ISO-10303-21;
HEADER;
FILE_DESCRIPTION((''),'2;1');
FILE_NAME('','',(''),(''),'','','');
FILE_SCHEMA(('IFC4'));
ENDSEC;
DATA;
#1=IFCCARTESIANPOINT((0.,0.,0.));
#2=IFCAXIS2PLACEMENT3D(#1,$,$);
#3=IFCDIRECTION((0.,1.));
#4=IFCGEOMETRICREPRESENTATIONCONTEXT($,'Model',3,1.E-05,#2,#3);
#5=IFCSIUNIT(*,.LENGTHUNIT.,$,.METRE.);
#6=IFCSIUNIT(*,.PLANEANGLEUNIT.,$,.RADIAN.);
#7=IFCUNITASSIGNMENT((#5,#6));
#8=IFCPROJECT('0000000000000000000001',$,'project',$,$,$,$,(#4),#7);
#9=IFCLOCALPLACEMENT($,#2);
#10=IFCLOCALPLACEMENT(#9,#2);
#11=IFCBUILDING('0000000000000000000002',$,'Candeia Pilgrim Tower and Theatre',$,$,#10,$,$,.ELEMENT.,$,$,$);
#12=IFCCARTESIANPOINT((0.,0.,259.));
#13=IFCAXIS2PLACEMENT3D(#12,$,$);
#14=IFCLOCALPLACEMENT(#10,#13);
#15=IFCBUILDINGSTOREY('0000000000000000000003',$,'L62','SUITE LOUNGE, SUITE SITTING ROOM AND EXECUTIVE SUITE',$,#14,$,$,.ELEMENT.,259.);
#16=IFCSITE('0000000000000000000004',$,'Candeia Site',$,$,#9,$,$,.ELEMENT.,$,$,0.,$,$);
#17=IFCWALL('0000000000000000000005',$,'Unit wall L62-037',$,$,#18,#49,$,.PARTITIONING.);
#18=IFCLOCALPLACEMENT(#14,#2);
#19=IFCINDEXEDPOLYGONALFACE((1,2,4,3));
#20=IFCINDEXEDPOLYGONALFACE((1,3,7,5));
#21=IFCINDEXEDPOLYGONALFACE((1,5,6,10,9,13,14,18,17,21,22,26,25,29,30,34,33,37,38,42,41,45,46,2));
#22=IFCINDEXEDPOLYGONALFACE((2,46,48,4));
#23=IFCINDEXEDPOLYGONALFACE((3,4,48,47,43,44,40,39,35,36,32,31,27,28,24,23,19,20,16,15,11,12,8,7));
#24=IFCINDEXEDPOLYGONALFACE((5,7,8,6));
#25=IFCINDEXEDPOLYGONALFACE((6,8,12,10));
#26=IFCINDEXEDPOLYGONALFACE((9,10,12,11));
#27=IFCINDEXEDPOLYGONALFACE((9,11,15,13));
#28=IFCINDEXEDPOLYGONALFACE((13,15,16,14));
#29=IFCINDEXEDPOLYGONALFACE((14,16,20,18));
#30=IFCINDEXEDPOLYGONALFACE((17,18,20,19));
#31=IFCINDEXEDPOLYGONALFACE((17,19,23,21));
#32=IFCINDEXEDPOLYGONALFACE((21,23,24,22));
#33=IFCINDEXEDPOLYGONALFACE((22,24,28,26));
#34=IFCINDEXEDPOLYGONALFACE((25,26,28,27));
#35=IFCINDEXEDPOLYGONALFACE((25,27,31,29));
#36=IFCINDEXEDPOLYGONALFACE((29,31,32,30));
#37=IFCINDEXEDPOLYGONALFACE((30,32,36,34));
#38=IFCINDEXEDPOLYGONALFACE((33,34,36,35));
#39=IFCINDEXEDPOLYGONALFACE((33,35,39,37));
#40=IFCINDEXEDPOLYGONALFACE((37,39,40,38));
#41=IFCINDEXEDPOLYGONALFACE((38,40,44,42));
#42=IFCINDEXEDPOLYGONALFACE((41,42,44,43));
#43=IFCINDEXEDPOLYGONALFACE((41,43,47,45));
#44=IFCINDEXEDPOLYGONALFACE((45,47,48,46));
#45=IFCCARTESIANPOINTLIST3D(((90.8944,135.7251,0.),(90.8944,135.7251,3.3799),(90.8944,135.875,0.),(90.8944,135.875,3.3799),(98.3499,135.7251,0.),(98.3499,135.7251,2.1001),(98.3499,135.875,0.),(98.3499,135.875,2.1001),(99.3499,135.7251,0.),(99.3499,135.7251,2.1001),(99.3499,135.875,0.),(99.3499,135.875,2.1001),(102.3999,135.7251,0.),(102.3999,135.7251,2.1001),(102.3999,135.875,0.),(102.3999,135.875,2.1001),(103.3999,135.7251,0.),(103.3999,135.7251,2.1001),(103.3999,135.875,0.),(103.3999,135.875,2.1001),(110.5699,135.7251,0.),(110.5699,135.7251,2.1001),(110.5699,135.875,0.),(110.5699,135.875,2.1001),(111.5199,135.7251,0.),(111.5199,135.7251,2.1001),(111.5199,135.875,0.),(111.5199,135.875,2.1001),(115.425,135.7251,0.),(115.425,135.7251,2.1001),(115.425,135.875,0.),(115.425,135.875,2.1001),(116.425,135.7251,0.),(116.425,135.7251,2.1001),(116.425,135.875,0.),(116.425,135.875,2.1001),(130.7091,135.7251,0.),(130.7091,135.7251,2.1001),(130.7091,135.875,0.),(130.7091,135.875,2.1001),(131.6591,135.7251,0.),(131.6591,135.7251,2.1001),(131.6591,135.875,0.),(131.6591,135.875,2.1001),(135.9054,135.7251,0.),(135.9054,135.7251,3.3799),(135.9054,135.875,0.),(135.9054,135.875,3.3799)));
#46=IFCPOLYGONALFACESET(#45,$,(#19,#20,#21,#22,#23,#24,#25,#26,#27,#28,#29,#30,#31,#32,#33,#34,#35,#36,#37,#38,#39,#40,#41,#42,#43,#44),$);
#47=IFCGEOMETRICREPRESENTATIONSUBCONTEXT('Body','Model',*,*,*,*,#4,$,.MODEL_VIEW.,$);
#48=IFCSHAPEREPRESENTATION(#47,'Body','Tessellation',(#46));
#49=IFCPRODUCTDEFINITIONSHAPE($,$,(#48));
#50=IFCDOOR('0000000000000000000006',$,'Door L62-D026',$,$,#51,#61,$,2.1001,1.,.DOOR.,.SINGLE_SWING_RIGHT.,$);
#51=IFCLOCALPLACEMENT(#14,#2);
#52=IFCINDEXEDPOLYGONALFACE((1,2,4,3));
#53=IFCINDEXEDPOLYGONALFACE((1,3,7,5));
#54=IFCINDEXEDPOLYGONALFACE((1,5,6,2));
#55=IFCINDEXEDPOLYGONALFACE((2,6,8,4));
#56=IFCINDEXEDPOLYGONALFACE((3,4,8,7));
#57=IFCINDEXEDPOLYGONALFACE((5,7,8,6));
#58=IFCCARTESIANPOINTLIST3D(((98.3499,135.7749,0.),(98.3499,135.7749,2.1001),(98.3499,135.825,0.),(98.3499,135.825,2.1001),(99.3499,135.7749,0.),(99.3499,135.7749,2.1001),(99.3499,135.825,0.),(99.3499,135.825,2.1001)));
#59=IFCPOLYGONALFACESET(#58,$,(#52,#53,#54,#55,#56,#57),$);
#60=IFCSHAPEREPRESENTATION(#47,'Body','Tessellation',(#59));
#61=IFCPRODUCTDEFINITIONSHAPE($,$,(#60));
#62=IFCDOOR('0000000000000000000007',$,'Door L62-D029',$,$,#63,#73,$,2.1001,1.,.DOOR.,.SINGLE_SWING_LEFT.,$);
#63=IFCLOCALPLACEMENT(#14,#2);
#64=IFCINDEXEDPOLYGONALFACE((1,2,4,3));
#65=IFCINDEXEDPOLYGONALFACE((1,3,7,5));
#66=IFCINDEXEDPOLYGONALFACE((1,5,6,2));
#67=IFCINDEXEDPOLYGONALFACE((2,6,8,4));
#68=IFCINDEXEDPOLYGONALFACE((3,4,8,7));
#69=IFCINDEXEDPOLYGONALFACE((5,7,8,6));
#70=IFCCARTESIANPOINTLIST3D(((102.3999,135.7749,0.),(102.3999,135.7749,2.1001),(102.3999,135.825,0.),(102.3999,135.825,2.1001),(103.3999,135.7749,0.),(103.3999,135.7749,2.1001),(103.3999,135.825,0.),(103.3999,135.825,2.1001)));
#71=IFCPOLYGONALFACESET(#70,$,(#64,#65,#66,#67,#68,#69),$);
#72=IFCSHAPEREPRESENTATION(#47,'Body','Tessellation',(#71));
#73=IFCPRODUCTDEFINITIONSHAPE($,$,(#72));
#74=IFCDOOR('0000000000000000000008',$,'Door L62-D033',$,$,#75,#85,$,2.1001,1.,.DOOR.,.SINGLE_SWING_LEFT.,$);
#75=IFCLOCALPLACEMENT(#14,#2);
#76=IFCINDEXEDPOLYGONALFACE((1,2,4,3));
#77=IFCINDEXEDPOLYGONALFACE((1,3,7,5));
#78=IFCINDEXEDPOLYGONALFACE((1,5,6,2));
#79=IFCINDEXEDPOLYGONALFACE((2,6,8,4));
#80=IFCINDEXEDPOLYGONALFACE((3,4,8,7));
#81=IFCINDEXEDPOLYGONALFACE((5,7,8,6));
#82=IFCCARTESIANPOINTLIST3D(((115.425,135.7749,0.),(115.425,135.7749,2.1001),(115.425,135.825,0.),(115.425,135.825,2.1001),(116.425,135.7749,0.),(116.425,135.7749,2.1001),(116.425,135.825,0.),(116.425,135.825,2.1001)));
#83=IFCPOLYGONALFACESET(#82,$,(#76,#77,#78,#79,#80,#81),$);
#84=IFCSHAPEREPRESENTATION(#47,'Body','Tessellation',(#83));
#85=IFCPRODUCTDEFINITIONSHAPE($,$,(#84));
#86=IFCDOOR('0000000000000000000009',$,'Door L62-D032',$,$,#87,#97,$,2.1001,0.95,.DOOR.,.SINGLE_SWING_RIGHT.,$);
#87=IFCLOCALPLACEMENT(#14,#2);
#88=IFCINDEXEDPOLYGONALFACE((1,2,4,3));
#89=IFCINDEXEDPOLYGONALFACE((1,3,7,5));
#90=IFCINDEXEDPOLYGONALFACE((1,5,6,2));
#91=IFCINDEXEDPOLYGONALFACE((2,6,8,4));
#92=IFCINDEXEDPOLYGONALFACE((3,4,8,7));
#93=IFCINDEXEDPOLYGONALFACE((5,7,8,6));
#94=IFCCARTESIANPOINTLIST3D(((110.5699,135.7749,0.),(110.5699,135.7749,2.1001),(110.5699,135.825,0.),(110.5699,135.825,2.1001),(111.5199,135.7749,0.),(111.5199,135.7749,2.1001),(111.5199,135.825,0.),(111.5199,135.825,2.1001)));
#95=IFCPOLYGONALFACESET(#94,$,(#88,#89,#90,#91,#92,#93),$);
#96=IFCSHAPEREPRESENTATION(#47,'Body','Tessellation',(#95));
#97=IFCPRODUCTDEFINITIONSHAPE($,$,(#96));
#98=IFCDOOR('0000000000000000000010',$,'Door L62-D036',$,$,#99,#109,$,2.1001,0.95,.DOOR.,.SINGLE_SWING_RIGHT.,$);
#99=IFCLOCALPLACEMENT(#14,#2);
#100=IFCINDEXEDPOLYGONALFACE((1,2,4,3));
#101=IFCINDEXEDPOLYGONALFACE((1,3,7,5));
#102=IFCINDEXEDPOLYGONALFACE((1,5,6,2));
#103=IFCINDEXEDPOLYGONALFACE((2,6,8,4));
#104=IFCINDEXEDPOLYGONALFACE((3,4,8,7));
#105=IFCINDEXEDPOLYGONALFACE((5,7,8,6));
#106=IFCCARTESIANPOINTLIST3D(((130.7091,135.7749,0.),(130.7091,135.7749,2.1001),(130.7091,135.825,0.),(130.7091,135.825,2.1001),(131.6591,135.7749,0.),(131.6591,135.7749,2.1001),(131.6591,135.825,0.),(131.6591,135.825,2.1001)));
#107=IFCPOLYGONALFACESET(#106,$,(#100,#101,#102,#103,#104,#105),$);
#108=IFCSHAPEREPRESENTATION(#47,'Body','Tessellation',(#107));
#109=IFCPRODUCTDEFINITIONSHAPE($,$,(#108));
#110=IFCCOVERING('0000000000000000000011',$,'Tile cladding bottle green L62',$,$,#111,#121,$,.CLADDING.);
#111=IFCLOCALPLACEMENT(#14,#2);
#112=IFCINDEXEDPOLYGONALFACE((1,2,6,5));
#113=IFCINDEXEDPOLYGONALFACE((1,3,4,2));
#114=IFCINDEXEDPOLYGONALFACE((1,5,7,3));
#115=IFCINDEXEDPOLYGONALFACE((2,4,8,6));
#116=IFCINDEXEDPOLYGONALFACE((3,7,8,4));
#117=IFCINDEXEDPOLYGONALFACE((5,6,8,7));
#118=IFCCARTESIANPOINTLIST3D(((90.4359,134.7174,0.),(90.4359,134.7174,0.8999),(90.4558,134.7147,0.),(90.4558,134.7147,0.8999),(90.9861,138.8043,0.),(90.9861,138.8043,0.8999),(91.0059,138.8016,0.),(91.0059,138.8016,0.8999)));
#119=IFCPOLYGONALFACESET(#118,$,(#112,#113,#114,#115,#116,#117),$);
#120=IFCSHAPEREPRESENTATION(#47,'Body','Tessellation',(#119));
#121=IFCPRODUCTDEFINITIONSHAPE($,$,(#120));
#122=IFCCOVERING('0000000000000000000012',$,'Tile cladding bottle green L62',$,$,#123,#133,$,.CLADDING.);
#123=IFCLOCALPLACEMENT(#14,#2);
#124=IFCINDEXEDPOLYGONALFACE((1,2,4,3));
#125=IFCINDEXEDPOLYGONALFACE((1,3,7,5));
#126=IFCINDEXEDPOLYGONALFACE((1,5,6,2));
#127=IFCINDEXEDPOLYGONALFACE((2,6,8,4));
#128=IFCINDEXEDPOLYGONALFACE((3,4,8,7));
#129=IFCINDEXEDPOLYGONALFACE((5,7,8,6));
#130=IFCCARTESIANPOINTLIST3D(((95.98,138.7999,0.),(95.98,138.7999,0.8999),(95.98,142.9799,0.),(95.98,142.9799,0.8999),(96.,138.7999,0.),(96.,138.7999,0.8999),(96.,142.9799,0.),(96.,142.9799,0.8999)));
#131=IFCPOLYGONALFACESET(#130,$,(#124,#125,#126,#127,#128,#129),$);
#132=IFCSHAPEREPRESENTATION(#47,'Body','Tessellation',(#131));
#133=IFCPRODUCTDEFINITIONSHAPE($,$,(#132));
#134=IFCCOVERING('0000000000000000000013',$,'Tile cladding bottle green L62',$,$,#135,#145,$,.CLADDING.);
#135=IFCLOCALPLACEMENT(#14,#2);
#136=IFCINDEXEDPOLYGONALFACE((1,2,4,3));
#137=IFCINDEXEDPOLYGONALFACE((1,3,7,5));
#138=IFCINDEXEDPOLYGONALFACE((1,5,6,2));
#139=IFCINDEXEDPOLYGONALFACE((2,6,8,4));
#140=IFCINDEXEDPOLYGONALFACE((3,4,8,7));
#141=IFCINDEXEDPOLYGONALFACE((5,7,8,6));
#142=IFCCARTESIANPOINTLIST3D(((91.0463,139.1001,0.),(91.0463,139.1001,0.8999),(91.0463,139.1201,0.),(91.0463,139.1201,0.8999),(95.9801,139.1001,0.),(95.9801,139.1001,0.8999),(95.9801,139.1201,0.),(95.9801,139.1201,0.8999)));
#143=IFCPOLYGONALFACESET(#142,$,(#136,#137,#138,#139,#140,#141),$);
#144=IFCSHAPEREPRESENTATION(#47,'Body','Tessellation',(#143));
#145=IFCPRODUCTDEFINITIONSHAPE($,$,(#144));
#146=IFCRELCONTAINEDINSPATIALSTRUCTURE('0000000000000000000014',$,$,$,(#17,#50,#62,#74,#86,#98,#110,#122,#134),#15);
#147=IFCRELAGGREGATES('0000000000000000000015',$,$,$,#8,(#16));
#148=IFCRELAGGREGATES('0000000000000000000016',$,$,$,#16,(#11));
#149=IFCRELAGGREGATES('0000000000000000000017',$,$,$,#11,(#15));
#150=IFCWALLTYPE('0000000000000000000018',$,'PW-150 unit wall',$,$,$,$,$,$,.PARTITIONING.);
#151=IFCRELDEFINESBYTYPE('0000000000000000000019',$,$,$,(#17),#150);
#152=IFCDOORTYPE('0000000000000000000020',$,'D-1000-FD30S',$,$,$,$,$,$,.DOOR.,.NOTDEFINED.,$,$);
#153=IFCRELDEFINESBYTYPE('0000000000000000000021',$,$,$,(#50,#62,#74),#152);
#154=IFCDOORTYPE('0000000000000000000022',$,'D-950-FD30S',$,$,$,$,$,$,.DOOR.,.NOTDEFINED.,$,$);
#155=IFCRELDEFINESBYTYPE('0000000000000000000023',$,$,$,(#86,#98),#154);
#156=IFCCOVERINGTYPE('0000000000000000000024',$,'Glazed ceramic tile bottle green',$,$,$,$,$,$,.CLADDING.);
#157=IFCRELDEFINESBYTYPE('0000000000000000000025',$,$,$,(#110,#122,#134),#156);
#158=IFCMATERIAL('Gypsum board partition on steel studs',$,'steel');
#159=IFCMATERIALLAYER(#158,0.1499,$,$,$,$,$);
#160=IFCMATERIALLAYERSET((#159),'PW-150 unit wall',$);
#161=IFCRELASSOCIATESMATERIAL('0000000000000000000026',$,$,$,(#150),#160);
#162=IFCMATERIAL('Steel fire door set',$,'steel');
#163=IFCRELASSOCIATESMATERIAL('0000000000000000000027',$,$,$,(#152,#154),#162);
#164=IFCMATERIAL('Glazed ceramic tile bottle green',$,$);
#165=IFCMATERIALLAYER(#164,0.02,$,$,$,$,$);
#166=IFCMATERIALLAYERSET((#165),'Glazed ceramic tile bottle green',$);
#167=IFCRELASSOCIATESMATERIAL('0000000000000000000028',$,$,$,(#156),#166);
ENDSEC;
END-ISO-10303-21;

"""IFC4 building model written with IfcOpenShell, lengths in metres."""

from ifc_helpers import new_model, si_unit, direction, frame, frame_2d, origin, origin_2d, place, context, subcontext, project, spatial, rectangle, extrude, material, layer, layer_set, type_object, element, fill, save


model = new_model("IFC4")

# Units and contexts
model_context = context("Model", 3, precision=1e-05, world=origin(), true_north=direction((0.0, 1.0)))
body_context = subcontext(model_context, "Body", "Model", "MODEL_VIEW")
ifc_project = project(units=[si_unit("LENGTHUNIT", "METRE"), si_unit("PLANEANGLEUNIT", "RADIAN")], contexts=[model_context])

# Site, building, storey
site_placement = place(None, origin())
site = spatial("IfcSite", under=ifc_project, at=site_placement, Name="Candeia Site", CompositionType="ELEMENT", RefElevation=0.0)
building_placement = place(site_placement, origin())
building = spatial("IfcBuilding", under=site, at=building_placement, Name="Candeia Pilgrim Tower and Theatre", CompositionType="ELEMENT")
storey_placement = place(building_placement, frame((0.0, 0.0, 259.0)))
storey = spatial("IfcBuildingStorey", under=building, at=storey_placement, Name="L62", Description="SUITE LOUNGE, SUITE SITTING ROOM AND EXECUTIVE SUITE", CompositionType="ELEMENT", Elevation=259.0)

# Shared definitions
ifc_material_1 = material(Name="Gypsum board partition on steel studs", Category="steel")

# Wall, openings, doors
ifc_layer_1 = layer(ifc_material_1, 0.1499)
ifc_layer_set_1 = layer_set([ifc_layer_1], Name="PW-150 unit wall")
wall_type_1 = type_object("IfcWallType", Name="PW-150 unit wall", PredefinedType="PARTITIONING", material=ifc_layer_set_1)
wall_1_placement = place(storey_placement, frame((90.8945, 135.8, 0.0), z_axis=(0.0, 0.0, 1.0), x_axis=(1.0, 0.0, 0.0)))
wall_1 = element("IfcWall", 1, at=wall_1_placement, inside=storey, type_object=wall_type_1, Name="Unit wall L62-037", PredefinedType="PARTITIONING", context=body_context, shape_type="SweptSolid", body=[
    extrude(rectangle(XDim=45.011, YDim=0.1499, at=frame_2d((22.5054, 0.0))), origin(), (0.0, 0.0, 1.0), 3.3799),
])
opening_1_placement = place(wall_1_placement, frame((7.4553, 0.0, 0.0)))
opening_1 = element("IfcOpeningElement", 2, at=opening_1_placement, cuts=wall_1, PredefinedType="OPENING", context=body_context, shape_type="SweptSolid", body=[
    extrude(rectangle(XDim=1.0, YDim=2.1001, at=frame_2d((0.5, 1.05))), frame((0.0, 0.085, 0.0), z_axis=(0.0, -1.0, 0.0), x_axis=(1.0, 0.0, 0.0)), (0.0, 0.0, 1.0), 0.1699),
])
opening_2_placement = place(wall_1_placement, frame((11.5054, 0.0, 0.0)))
opening_2 = element("IfcOpeningElement", 3, at=opening_2_placement, cuts=wall_1, PredefinedType="OPENING", context=body_context, shape_type="SweptSolid", body=[
    extrude(rectangle(XDim=1.0, YDim=2.1001, at=frame_2d((0.5, 1.05))), frame((0.0, 0.085, 0.0), z_axis=(0.0, -1.0, 0.0), x_axis=(1.0, 0.0, 0.0)), (0.0, 0.0, 1.0), 0.1699),
])
opening_3_placement = place(wall_1_placement, frame((19.6753, 0.0, 0.0)))
opening_3 = element("IfcOpeningElement", 4, at=opening_3_placement, cuts=wall_1, PredefinedType="OPENING", context=body_context, shape_type="SweptSolid", body=[
    extrude(rectangle(XDim=0.95, YDim=2.1001, at=frame_2d((0.4751, 1.05))), frame((0.0, 0.085, 0.0), z_axis=(0.0, -1.0, 0.0), x_axis=(1.0, 0.0, 0.0)), (0.0, 0.0, 1.0), 0.1699),
])
opening_4_placement = place(wall_1_placement, frame((24.5305, 0.0, 0.0)))
opening_4 = element("IfcOpeningElement", 5, at=opening_4_placement, cuts=wall_1, PredefinedType="OPENING", context=body_context, shape_type="SweptSolid", body=[
    extrude(rectangle(XDim=1.0, YDim=2.1001, at=frame_2d((0.5, 1.05))), frame((0.0, 0.085, 0.0), z_axis=(0.0, -1.0, 0.0), x_axis=(1.0, 0.0, 0.0)), (0.0, 0.0, 1.0), 0.1699),
])
opening_5_placement = place(wall_1_placement, frame((39.8145, 0.0, 0.0)))
opening_5 = element("IfcOpeningElement", 6, at=opening_5_placement, cuts=wall_1, PredefinedType="OPENING", context=body_context, shape_type="SweptSolid", body=[
    extrude(rectangle(XDim=0.95, YDim=2.1001, at=frame_2d((0.4751, 1.05))), frame((0.0, 0.085, 0.0), z_axis=(0.0, -1.0, 0.0), x_axis=(1.0, 0.0, 0.0)), (0.0, 0.0, 1.0), 0.1699),
])
ifc_material_2 = material(Name="Steel fire door set", Category="steel")
door_type_1 = type_object("IfcDoorType", Name="D-1000-FD30S", OperationType="NOTDEFINED", PredefinedType="DOOR", material=ifc_material_2)
door_1_placement = place(opening_1_placement, origin())
door_1 = element("IfcDoor", 7, at=door_1_placement, inside=storey, type_object=door_type_1, Name="Door L62-D026", OperationType="SINGLE_SWING_RIGHT", OverallHeight=2.1001, OverallWidth=1.0, PredefinedType="DOOR", context=body_context, shape_type="SweptSolid", body=[
    extrude(rectangle(XDim=1.0, YDim=2.1001, at=frame_2d((0.5, 1.05))), frame((0.0, 0.0249, 0.0), z_axis=(0.0, -1.0, 0.0), x_axis=(1.0, 0.0, 0.0)), (0.0, 0.0, 1.0), 0.05),
])
fill(opening_1, door_1)
door_2_placement = place(opening_2_placement, origin())
door_2 = element("IfcDoor", 8, at=door_2_placement, inside=storey, type_object=door_type_1, Name="Door L62-D029", OperationType="SINGLE_SWING_LEFT", OverallHeight=2.1001, OverallWidth=1.0, PredefinedType="DOOR", context=body_context, shape_type="SweptSolid", body=[
    extrude(rectangle(XDim=1.0, YDim=2.1001, at=frame_2d((0.5, 1.05))), frame((0.0, 0.0249, 0.0), z_axis=(0.0, -1.0, 0.0), x_axis=(1.0, 0.0, 0.0)), (0.0, 0.0, 1.0), 0.05),
])
fill(opening_2, door_2)
door_3_placement = place(opening_4_placement, origin())
door_3 = element("IfcDoor", 9, at=door_3_placement, inside=storey, type_object=door_type_1, Name="Door L62-D033", OperationType="SINGLE_SWING_LEFT", OverallHeight=2.1001, OverallWidth=1.0, PredefinedType="DOOR", context=body_context, shape_type="SweptSolid", body=[
    extrude(rectangle(XDim=1.0, YDim=2.1001, at=frame_2d((0.5, 1.05))), frame((0.0, 0.0249, 0.0), z_axis=(0.0, -1.0, 0.0), x_axis=(1.0, 0.0, 0.0)), (0.0, 0.0, 1.0), 0.05),
])
fill(opening_4, door_3)
door_type_2 = type_object("IfcDoorType", Name="D-950-FD30S", OperationType="NOTDEFINED", PredefinedType="DOOR", material=ifc_material_2)
door_4_placement = place(opening_3_placement, origin())
door_4 = element("IfcDoor", 10, at=door_4_placement, inside=storey, type_object=door_type_2, Name="Door L62-D032", OperationType="SINGLE_SWING_RIGHT", OverallHeight=2.1001, OverallWidth=0.95, PredefinedType="DOOR", context=body_context, shape_type="SweptSolid", body=[
    extrude(rectangle(XDim=0.95, YDim=2.1001, at=frame_2d((0.4751, 1.05))), frame((0.0, 0.0249, 0.0), z_axis=(0.0, -1.0, 0.0), x_axis=(1.0, 0.0, 0.0)), (0.0, 0.0, 1.0), 0.05),
])
fill(opening_3, door_4)
door_5_placement = place(opening_5_placement, origin())
door_5 = element("IfcDoor", 11, at=door_5_placement, inside=storey, type_object=door_type_2, Name="Door L62-D036", OperationType="SINGLE_SWING_RIGHT", OverallHeight=2.1001, OverallWidth=0.95, PredefinedType="DOOR", context=body_context, shape_type="SweptSolid", body=[
    extrude(rectangle(XDim=0.95, YDim=2.1001, at=frame_2d((0.4751, 1.05))), frame((0.0, 0.0249, 0.0), z_axis=(0.0, -1.0, 0.0), x_axis=(1.0, 0.0, 0.0)), (0.0, 0.0, 1.0), 0.05),
])
fill(opening_5, door_5)

# Coverings
ifc_material_3 = material(Name="Glazed ceramic tile bottle green")
ifc_layer_2 = layer(ifc_material_3, 0.02)
ifc_layer_set_2 = layer_set([ifc_layer_2], Name="Glazed ceramic tile bottle green")
covering_type = type_object("IfcCoveringType", Name="Glazed ceramic tile bottle green", PredefinedType="CLADDING", material=ifc_layer_set_2)
covering_1_placement = place(storey_placement, frame((90.7209, 136.7595, 0.0), z_axis=(0.0, 0.0, 1.0), x_axis=(-0.133412, -0.991061, 0.0)))
element("IfcCovering", 12, at=covering_1_placement, inside=storey, type_object=covering_type, Name="Tile cladding bottle green L62", PredefinedType="CLADDING", context=body_context, shape_type="SweptSolid", body=[
    extrude(rectangle(XDim=4.1238, YDim=0.02, at=origin_2d()), origin(), (0.0, 0.0, 1.0), 0.8999),
])
covering_2_placement = place(storey_placement, frame((95.99, 140.8899, 0.0), z_axis=(0.0, 0.0, 1.0), x_axis=(0.0, -1.0, 0.0)))
element("IfcCovering", 13, at=covering_2_placement, inside=storey, type_object=covering_type, Name="Tile cladding bottle green L62", PredefinedType="CLADDING", context=body_context, shape_type="SweptSolid", body=[
    extrude(rectangle(XDim=4.1799, YDim=0.02, at=origin_2d()), origin(), (0.0, 0.0, 1.0), 0.8999),
])
covering_3_placement = place(storey_placement, frame((93.5132, 139.1101, 0.0), z_axis=(0.0, 0.0, 1.0), x_axis=(-1.0, 0.0, 0.0)))
element("IfcCovering", 14, at=covering_3_placement, inside=storey, type_object=covering_type, Name="Tile cladding bottle green L62", PredefinedType="CLADDING", context=body_context, shape_type="SweptSolid", body=[
    extrude(rectangle(XDim=4.9338, YDim=0.02, at=origin_2d()), origin(), (0.0, 0.0, 1.0), 0.8999),
])

save(model, "model.ifc")
